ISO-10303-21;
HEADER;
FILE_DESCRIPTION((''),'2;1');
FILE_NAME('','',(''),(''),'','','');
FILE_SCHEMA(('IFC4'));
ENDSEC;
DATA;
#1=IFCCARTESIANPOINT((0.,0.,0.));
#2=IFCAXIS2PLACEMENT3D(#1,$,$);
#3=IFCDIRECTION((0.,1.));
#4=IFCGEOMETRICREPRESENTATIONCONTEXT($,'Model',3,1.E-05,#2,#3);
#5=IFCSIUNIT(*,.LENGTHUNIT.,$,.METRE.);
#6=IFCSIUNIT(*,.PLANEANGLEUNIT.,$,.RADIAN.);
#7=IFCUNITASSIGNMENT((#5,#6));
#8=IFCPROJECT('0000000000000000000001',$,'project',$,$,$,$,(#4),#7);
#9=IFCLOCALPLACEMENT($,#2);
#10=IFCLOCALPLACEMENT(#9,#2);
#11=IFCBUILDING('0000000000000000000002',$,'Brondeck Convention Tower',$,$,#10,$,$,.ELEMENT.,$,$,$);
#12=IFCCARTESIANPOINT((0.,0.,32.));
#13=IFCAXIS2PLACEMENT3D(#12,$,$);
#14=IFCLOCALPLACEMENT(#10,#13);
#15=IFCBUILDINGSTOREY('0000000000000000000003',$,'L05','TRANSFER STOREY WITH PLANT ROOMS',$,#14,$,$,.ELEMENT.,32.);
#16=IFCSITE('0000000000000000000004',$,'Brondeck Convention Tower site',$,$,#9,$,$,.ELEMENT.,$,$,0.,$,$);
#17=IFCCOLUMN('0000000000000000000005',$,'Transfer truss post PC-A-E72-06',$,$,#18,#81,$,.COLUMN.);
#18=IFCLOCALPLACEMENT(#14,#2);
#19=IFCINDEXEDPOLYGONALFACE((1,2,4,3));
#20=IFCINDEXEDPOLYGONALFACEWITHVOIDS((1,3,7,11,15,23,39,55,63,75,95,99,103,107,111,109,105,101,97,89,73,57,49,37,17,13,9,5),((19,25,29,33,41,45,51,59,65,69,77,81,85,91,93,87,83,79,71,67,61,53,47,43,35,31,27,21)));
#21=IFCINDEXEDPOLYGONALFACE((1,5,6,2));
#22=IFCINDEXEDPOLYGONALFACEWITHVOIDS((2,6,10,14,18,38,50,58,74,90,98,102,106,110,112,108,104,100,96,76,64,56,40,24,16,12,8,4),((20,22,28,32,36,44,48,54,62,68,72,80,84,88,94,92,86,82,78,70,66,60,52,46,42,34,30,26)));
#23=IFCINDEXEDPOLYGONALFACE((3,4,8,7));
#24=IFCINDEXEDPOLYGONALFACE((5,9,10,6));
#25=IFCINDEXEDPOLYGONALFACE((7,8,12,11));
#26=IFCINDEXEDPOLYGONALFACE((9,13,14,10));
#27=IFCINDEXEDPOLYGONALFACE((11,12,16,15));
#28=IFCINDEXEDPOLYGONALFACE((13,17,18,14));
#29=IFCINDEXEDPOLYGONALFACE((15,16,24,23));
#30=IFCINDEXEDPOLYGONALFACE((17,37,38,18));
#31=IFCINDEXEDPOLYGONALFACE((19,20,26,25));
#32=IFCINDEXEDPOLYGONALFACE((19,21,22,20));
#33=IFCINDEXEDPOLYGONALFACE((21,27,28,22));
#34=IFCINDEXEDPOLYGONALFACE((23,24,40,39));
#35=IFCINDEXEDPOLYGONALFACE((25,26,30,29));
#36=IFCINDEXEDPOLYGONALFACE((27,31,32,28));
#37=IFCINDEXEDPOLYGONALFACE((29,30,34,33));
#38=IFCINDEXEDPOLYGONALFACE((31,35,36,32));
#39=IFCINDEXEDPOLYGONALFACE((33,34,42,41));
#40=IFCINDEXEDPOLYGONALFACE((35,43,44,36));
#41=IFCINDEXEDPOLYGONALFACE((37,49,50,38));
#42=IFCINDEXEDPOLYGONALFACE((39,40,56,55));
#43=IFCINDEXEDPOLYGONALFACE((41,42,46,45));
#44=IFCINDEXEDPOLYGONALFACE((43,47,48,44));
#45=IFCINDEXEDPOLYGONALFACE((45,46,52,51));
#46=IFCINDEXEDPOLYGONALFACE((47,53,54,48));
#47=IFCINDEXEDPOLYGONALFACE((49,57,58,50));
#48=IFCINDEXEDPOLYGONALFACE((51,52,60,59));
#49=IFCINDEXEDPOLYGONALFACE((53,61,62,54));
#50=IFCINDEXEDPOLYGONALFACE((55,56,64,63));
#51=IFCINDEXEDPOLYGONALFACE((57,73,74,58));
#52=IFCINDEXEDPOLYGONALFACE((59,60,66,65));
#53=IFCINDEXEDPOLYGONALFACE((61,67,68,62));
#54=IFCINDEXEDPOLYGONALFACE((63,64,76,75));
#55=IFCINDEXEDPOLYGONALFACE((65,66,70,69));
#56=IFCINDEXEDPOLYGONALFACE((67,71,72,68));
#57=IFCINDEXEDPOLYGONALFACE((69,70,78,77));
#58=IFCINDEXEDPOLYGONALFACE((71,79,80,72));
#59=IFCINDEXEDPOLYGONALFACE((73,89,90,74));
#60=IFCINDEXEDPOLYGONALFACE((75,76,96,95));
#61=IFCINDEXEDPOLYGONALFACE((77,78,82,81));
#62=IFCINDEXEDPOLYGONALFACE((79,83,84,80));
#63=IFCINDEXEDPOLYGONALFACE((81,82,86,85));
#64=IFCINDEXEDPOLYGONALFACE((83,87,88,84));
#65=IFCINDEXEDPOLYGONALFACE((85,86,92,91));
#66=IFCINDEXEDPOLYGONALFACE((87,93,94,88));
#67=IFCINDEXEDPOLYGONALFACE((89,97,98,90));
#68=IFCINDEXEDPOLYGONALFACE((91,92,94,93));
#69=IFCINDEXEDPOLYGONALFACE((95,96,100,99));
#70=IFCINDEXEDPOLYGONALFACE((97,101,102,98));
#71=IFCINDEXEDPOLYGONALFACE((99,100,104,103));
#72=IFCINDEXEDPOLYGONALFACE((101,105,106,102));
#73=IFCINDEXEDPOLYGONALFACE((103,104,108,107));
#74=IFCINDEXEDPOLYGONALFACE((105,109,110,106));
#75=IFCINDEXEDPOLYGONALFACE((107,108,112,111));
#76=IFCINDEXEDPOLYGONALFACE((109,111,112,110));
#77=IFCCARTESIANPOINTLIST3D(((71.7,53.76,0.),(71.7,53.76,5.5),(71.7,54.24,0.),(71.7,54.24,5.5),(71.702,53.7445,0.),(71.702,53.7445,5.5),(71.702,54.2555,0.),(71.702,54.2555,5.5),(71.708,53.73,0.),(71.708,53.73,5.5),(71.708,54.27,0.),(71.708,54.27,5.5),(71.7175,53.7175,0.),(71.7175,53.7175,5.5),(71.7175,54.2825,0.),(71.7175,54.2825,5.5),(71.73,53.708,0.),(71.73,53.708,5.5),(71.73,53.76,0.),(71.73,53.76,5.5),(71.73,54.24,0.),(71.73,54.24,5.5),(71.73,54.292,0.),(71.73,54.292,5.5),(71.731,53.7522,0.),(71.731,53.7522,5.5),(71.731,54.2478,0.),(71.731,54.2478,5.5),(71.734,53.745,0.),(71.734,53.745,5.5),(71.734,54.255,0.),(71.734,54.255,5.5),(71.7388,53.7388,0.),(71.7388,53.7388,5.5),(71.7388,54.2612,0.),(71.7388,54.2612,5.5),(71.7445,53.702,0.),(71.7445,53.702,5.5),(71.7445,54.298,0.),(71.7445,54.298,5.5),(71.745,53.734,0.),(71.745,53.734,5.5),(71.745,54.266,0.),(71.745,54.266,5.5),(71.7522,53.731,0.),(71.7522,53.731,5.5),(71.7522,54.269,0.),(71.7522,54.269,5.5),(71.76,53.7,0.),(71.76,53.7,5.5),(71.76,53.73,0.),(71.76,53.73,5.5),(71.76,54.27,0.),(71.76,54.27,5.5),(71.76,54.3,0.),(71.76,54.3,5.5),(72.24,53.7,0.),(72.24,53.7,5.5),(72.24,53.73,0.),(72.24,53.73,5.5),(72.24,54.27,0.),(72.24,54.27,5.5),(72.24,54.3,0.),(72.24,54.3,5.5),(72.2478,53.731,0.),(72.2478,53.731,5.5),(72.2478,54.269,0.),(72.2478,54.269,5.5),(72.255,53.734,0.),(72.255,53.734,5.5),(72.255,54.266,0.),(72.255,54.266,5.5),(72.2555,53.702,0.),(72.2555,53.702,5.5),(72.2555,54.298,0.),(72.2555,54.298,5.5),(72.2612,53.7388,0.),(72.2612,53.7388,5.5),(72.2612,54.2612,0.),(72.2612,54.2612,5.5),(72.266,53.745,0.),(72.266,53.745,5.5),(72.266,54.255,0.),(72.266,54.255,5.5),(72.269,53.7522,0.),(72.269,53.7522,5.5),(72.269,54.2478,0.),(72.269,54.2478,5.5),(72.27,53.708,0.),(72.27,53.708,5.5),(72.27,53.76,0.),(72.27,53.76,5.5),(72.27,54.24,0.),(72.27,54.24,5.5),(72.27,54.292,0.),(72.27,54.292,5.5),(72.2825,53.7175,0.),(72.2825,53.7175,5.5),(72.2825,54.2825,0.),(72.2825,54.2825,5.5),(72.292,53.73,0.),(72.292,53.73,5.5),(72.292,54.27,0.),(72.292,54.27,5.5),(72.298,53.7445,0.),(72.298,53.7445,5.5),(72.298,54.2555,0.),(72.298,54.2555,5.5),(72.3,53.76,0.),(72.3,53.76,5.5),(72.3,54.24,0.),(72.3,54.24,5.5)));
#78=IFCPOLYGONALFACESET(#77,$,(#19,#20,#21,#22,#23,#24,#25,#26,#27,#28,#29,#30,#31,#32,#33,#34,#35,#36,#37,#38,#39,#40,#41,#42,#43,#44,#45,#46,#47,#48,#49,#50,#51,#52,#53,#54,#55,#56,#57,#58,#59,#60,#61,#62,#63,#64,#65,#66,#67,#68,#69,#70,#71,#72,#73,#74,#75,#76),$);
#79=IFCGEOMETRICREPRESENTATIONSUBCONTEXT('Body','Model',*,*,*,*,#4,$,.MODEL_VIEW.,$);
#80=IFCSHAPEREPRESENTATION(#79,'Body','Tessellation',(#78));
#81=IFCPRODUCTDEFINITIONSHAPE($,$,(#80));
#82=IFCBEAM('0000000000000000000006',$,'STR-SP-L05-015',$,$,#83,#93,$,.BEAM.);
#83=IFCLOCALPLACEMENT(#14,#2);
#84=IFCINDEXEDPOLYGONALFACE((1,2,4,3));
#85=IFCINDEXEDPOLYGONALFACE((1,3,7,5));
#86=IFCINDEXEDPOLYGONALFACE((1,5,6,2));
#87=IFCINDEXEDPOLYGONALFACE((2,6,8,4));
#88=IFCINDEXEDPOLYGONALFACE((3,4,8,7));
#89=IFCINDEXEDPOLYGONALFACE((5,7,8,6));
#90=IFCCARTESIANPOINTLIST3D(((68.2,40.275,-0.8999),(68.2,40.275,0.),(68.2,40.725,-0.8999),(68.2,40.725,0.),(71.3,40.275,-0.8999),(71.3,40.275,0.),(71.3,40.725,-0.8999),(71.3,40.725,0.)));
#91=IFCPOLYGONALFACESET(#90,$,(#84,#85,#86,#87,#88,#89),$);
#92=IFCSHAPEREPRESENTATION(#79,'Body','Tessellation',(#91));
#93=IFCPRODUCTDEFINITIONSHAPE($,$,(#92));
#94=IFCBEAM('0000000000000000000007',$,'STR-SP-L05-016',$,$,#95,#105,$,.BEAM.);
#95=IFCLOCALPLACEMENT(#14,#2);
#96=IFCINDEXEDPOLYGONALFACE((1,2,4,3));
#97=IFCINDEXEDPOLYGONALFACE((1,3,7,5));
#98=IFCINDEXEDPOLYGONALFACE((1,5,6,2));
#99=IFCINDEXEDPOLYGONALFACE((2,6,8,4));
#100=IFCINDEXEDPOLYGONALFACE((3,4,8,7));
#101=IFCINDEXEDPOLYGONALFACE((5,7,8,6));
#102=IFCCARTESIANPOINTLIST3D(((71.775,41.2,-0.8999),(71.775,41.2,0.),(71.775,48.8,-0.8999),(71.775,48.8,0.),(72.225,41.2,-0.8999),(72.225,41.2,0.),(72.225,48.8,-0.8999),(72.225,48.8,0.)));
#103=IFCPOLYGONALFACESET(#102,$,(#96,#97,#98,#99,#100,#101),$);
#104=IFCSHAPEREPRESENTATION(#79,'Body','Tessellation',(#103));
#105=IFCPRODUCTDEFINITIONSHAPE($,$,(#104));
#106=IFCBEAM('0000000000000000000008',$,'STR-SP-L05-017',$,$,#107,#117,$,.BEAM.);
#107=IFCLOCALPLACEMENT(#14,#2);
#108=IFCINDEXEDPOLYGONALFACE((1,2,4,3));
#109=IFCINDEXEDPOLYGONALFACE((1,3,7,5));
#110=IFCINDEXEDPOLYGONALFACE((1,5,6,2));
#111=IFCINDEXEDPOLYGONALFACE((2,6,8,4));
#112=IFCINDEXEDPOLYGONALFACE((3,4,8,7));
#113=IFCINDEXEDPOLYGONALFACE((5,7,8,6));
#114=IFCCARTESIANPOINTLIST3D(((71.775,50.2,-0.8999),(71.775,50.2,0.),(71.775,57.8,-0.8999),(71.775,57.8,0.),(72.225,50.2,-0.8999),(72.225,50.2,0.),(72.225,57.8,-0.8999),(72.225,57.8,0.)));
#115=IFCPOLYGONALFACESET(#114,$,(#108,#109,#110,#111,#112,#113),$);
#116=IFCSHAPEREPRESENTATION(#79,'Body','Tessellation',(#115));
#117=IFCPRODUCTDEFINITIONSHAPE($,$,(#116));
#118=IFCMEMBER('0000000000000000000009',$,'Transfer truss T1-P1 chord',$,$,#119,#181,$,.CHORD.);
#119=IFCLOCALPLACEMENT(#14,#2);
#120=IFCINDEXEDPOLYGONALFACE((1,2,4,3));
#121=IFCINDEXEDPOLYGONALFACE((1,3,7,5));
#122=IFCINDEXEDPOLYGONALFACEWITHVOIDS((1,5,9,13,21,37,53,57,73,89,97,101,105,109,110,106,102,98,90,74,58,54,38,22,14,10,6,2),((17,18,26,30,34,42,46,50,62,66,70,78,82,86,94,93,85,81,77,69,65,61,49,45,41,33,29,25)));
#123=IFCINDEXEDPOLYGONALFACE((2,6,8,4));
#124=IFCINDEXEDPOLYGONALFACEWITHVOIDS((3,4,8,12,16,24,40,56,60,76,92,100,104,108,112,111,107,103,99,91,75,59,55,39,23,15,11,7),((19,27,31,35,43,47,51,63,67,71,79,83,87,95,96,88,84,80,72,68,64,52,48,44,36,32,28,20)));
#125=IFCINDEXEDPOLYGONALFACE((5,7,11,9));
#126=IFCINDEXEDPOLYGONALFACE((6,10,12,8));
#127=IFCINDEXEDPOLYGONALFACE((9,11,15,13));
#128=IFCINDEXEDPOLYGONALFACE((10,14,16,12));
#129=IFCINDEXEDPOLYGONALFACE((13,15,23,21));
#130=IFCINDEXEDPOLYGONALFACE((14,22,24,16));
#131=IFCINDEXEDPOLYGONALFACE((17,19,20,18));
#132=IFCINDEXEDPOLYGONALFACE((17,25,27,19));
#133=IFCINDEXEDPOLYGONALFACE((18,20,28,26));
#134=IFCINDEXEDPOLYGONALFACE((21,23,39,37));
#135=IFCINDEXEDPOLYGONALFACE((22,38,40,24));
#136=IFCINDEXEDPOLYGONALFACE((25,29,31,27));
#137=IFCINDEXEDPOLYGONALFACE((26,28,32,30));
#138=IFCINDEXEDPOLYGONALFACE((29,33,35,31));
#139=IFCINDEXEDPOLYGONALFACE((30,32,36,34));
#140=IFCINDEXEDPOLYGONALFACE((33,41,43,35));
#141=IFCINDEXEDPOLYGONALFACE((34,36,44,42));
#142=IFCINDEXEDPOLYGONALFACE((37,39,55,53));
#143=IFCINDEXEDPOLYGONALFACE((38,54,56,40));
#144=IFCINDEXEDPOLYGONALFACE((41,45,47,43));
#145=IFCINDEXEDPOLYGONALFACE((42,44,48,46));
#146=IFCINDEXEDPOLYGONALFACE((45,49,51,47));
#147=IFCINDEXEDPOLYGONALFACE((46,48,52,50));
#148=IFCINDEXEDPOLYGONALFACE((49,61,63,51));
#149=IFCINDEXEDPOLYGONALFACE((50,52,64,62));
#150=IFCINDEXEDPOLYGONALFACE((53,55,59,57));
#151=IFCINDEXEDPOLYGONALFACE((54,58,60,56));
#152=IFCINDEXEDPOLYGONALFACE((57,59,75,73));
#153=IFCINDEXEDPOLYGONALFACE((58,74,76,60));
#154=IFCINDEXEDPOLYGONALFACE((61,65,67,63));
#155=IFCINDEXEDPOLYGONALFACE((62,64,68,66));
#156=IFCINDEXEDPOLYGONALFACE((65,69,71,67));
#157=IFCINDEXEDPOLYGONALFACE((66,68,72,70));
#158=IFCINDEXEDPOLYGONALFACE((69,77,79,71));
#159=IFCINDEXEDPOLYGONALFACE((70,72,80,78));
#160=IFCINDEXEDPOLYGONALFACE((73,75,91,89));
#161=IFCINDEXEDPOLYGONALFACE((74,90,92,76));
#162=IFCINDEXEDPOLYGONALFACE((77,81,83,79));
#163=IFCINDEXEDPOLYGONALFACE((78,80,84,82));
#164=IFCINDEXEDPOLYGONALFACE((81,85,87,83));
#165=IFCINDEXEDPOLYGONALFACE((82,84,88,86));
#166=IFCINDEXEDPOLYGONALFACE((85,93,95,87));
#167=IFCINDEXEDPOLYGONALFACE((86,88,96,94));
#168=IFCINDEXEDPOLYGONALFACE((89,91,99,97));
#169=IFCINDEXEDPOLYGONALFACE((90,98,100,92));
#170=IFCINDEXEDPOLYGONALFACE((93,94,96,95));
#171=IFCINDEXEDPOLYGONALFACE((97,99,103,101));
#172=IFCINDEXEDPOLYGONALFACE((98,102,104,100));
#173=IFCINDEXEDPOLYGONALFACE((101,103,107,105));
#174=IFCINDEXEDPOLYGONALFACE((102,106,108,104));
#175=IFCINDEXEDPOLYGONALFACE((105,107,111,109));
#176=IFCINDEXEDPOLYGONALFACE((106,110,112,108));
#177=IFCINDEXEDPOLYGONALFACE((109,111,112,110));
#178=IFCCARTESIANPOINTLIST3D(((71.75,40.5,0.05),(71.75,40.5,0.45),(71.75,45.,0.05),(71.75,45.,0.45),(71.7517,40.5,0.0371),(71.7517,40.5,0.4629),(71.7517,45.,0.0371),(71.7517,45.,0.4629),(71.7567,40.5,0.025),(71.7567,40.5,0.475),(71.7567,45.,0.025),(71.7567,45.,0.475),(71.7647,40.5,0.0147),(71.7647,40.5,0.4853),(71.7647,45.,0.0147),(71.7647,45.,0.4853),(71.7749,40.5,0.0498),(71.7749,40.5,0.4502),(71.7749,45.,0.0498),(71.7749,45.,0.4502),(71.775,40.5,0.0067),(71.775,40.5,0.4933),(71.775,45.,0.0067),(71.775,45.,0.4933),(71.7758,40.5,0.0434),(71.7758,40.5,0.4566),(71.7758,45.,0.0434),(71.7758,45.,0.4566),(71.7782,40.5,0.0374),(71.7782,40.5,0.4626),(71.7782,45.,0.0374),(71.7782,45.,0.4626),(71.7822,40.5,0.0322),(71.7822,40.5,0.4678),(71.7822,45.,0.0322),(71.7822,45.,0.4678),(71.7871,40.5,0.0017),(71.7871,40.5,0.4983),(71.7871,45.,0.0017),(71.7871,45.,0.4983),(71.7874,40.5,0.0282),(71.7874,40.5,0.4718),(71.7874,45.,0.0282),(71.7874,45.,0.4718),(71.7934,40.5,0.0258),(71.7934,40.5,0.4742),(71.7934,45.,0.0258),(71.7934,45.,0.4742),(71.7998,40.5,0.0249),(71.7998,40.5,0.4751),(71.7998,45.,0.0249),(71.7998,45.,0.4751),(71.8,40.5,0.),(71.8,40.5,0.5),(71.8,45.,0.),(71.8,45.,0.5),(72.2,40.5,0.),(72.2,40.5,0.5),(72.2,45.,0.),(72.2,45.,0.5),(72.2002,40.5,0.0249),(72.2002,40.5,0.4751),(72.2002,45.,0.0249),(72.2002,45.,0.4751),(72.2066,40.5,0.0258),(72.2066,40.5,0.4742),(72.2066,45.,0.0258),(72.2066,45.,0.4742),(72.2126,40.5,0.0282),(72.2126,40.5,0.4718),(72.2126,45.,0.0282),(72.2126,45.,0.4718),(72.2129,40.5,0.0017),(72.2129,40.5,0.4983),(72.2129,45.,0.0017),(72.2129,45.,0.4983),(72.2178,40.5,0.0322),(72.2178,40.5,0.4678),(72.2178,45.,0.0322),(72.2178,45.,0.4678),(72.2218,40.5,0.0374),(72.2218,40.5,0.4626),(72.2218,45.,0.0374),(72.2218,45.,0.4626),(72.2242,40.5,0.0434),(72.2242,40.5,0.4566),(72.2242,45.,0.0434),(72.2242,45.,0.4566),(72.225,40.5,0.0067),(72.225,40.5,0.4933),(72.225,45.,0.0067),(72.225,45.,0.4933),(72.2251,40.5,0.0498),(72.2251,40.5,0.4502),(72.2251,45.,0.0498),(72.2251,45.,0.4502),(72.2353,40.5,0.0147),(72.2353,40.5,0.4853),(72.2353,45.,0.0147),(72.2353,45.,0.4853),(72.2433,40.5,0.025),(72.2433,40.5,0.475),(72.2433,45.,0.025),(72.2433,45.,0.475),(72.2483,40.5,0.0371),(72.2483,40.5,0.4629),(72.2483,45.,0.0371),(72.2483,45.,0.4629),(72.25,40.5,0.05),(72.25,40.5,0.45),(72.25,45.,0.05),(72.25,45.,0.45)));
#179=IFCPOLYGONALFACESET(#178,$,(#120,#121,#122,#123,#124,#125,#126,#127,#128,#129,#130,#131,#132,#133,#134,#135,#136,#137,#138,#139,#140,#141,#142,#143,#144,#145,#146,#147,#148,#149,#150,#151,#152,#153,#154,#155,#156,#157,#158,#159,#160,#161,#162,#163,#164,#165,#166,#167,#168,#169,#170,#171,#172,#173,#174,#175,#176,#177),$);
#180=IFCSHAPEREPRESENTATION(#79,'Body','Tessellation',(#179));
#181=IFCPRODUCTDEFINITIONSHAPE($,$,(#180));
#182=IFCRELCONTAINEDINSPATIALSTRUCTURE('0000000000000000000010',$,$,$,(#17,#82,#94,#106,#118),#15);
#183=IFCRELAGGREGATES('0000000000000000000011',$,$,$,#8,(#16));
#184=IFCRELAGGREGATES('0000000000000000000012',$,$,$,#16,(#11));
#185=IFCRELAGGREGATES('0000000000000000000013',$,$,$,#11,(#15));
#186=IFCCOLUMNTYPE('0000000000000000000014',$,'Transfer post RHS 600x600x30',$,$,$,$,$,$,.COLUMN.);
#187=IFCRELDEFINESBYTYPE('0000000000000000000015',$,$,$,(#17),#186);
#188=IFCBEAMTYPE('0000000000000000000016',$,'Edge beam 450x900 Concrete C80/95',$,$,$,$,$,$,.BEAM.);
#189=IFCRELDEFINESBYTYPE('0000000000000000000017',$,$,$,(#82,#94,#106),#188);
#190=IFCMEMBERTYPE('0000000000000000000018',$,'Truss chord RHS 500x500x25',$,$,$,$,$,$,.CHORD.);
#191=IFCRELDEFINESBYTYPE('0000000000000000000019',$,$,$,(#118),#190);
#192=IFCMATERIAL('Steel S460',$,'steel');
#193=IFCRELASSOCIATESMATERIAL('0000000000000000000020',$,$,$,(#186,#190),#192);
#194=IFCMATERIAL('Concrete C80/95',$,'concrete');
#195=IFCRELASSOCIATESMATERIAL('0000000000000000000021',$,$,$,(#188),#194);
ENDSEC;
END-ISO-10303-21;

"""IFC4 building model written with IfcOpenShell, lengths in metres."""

from ifc_helpers import new_model, si_unit, direction, frame, origin, origin_2d, place, context, subcontext, project, spatial, rectangle, hollow_rectangle, extrude, material, material_profile, profile_set, type_object, element, save


model = new_model("IFC4")

# Units and contexts
model_context = context("Model", 3, precision=1e-05, world=origin(), true_north=direction((0.0, 1.0)))
body_context = subcontext(model_context, "Body", "Model", "MODEL_VIEW")
ifc_project = project(units=[si_unit("LENGTHUNIT", "METRE"), si_unit("PLANEANGLEUNIT", "RADIAN")], contexts=[model_context])

# Site, building, storey
site_placement = place(None, origin())
site = spatial("IfcSite", under=ifc_project, at=site_placement, Name="Brondeck Convention Tower site", CompositionType="ELEMENT", RefElevation=0.0)
building_placement = place(site_placement, origin())
building = spatial("IfcBuilding", under=site, at=building_placement, Name="Brondeck Convention Tower", CompositionType="ELEMENT")
storey_placement = place(building_placement, frame((0.0, 0.0, 32.0)))
storey = spatial("IfcBuildingStorey", under=building, at=storey_placement, Name="L05", Description="TRANSFER STOREY WITH PLANT ROOMS", CompositionType="ELEMENT", Elevation=32.0)

# Column
ifc_material_1 = material(Name="Steel S460", Category="steel")
ifc_material_profile_1 = material_profile(ifc_material_1, hollow_rectangle(XDim=0.6001, YDim=0.6001, WallThickness=0.03, InnerFilletRadius=0.03, OuterFilletRadius=0.0601, at=origin_2d()), Name="RHS 600x600x30")
ifc_profile_set_1 = profile_set([ifc_material_profile_1], Name="Steel S460")
column_type = type_object("IfcColumnType", Name="Transfer post RHS 600x600x30", PredefinedType="COLUMN", material=ifc_profile_set_1)
for number, where, z_axis, x_axis, name in (
    (1, (72.0, 54.0, 0.0), (0.0, 0.0, 1.0), (1.0, 0.0, 0.0), "Transfer truss post PC-A-E72-06"),
):
    element("IfcColumn", number, at=place(storey_placement, frame(where, z_axis=z_axis, x_axis=x_axis)), inside=storey, type_object=column_type, Name=name, PredefinedType="COLUMN", context=body_context, shape_type="SweptSolid", body=[
        extrude(hollow_rectangle(XDim=0.6001, YDim=0.6001, WallThickness=0.03, InnerFilletRadius=0.03, OuterFilletRadius=0.0601, at=origin_2d()), origin(), (0.0, 0.0, 1.0), 5.5),
    ])

# Beams
ifc_material_2 = material(Name="Concrete C80/95", Category="concrete")
ifc_material_profile_2 = material_profile(ifc_material_2, rectangle(XDim=0.45, YDim=0.8999, at=origin_2d()), Name="Edge beam 450x900 Concrete C80/95")
ifc_profile_set_2 = profile_set([ifc_material_profile_2], Name="Concrete C80/95")
beam_type = type_object("IfcBeamType", Name="Edge beam 450x900 Concrete C80/95", PredefinedType="BEAM", material=ifc_profile_set_2)
beam_placement = place(storey_placement, frame((68.2, 40.5, -0.45), z_axis=(1.0, 0.0, 0.0), x_axis=(0.0, 1.0, 0.0)))
element("IfcBeam", 2, at=beam_placement, inside=storey, type_object=beam_type, Name="STR-SP-L05-015", PredefinedType="BEAM", context=body_context, shape_type="SweptSolid", body=[
    extrude(rectangle(XDim=0.45, YDim=0.8999, at=origin_2d()), origin(), (0.0, 0.0, 1.0), 3.1001),
])
for number, where, z_axis, x_axis, name in (
    (3, (72.0, 41.2, -0.45), (0.0, 1.0, 0.0), (-1.0, 0.0, 0.0), "STR-SP-L05-016"),
    (4, (72.0, 50.2, -0.45), (0.0, 1.0, 0.0), (-1.0, 0.0, 0.0), "STR-SP-L05-017"),
):
    element("IfcBeam", number, at=place(storey_placement, frame(where, z_axis=z_axis, x_axis=x_axis)), inside=storey, type_object=beam_type, Name=name, PredefinedType="BEAM", context=body_context, shape_type="SweptSolid", body=[
        extrude(rectangle(XDim=0.45, YDim=0.8999, at=origin_2d()), origin(), (0.0, 0.0, 1.0), 7.6001),
    ])

# Member
ifc_material_profile_3 = material_profile(ifc_material_1, hollow_rectangle(XDim=0.5, YDim=0.5, WallThickness=0.0249, InnerFilletRadius=0.0249, OuterFilletRadius=0.05, at=origin_2d()), Name="RHS 500x500x25")
ifc_profile_set_3 = profile_set([ifc_material_profile_3], Name="Steel S460")
member_type_1 = type_object("IfcMemberType", Name="Truss chord RHS 500x500x25", PredefinedType="CHORD", material=ifc_profile_set_3)
for number, where, z_axis, x_axis, name in (
    (5, (72.0, 40.5, 0.25), (0.0, 1.0, 0.0), (-1.0, 0.0, 0.0), "Transfer truss T1-P1 chord"),
):
    element("IfcMember", number, at=place(storey_placement, frame(where, z_axis=z_axis, x_axis=x_axis)), inside=storey, type_object=member_type_1, Name=name, PredefinedType="CHORD", context=body_context, shape_type="SweptSolid", body=[
        extrude(hollow_rectangle(XDim=0.5, YDim=0.5, WallThickness=0.0249, InnerFilletRadius=0.0249, OuterFilletRadius=0.05, at=origin_2d()), origin(), (0.0, 0.0, 1.0), 4.5),
    ])

save(model, "model.ifc")
